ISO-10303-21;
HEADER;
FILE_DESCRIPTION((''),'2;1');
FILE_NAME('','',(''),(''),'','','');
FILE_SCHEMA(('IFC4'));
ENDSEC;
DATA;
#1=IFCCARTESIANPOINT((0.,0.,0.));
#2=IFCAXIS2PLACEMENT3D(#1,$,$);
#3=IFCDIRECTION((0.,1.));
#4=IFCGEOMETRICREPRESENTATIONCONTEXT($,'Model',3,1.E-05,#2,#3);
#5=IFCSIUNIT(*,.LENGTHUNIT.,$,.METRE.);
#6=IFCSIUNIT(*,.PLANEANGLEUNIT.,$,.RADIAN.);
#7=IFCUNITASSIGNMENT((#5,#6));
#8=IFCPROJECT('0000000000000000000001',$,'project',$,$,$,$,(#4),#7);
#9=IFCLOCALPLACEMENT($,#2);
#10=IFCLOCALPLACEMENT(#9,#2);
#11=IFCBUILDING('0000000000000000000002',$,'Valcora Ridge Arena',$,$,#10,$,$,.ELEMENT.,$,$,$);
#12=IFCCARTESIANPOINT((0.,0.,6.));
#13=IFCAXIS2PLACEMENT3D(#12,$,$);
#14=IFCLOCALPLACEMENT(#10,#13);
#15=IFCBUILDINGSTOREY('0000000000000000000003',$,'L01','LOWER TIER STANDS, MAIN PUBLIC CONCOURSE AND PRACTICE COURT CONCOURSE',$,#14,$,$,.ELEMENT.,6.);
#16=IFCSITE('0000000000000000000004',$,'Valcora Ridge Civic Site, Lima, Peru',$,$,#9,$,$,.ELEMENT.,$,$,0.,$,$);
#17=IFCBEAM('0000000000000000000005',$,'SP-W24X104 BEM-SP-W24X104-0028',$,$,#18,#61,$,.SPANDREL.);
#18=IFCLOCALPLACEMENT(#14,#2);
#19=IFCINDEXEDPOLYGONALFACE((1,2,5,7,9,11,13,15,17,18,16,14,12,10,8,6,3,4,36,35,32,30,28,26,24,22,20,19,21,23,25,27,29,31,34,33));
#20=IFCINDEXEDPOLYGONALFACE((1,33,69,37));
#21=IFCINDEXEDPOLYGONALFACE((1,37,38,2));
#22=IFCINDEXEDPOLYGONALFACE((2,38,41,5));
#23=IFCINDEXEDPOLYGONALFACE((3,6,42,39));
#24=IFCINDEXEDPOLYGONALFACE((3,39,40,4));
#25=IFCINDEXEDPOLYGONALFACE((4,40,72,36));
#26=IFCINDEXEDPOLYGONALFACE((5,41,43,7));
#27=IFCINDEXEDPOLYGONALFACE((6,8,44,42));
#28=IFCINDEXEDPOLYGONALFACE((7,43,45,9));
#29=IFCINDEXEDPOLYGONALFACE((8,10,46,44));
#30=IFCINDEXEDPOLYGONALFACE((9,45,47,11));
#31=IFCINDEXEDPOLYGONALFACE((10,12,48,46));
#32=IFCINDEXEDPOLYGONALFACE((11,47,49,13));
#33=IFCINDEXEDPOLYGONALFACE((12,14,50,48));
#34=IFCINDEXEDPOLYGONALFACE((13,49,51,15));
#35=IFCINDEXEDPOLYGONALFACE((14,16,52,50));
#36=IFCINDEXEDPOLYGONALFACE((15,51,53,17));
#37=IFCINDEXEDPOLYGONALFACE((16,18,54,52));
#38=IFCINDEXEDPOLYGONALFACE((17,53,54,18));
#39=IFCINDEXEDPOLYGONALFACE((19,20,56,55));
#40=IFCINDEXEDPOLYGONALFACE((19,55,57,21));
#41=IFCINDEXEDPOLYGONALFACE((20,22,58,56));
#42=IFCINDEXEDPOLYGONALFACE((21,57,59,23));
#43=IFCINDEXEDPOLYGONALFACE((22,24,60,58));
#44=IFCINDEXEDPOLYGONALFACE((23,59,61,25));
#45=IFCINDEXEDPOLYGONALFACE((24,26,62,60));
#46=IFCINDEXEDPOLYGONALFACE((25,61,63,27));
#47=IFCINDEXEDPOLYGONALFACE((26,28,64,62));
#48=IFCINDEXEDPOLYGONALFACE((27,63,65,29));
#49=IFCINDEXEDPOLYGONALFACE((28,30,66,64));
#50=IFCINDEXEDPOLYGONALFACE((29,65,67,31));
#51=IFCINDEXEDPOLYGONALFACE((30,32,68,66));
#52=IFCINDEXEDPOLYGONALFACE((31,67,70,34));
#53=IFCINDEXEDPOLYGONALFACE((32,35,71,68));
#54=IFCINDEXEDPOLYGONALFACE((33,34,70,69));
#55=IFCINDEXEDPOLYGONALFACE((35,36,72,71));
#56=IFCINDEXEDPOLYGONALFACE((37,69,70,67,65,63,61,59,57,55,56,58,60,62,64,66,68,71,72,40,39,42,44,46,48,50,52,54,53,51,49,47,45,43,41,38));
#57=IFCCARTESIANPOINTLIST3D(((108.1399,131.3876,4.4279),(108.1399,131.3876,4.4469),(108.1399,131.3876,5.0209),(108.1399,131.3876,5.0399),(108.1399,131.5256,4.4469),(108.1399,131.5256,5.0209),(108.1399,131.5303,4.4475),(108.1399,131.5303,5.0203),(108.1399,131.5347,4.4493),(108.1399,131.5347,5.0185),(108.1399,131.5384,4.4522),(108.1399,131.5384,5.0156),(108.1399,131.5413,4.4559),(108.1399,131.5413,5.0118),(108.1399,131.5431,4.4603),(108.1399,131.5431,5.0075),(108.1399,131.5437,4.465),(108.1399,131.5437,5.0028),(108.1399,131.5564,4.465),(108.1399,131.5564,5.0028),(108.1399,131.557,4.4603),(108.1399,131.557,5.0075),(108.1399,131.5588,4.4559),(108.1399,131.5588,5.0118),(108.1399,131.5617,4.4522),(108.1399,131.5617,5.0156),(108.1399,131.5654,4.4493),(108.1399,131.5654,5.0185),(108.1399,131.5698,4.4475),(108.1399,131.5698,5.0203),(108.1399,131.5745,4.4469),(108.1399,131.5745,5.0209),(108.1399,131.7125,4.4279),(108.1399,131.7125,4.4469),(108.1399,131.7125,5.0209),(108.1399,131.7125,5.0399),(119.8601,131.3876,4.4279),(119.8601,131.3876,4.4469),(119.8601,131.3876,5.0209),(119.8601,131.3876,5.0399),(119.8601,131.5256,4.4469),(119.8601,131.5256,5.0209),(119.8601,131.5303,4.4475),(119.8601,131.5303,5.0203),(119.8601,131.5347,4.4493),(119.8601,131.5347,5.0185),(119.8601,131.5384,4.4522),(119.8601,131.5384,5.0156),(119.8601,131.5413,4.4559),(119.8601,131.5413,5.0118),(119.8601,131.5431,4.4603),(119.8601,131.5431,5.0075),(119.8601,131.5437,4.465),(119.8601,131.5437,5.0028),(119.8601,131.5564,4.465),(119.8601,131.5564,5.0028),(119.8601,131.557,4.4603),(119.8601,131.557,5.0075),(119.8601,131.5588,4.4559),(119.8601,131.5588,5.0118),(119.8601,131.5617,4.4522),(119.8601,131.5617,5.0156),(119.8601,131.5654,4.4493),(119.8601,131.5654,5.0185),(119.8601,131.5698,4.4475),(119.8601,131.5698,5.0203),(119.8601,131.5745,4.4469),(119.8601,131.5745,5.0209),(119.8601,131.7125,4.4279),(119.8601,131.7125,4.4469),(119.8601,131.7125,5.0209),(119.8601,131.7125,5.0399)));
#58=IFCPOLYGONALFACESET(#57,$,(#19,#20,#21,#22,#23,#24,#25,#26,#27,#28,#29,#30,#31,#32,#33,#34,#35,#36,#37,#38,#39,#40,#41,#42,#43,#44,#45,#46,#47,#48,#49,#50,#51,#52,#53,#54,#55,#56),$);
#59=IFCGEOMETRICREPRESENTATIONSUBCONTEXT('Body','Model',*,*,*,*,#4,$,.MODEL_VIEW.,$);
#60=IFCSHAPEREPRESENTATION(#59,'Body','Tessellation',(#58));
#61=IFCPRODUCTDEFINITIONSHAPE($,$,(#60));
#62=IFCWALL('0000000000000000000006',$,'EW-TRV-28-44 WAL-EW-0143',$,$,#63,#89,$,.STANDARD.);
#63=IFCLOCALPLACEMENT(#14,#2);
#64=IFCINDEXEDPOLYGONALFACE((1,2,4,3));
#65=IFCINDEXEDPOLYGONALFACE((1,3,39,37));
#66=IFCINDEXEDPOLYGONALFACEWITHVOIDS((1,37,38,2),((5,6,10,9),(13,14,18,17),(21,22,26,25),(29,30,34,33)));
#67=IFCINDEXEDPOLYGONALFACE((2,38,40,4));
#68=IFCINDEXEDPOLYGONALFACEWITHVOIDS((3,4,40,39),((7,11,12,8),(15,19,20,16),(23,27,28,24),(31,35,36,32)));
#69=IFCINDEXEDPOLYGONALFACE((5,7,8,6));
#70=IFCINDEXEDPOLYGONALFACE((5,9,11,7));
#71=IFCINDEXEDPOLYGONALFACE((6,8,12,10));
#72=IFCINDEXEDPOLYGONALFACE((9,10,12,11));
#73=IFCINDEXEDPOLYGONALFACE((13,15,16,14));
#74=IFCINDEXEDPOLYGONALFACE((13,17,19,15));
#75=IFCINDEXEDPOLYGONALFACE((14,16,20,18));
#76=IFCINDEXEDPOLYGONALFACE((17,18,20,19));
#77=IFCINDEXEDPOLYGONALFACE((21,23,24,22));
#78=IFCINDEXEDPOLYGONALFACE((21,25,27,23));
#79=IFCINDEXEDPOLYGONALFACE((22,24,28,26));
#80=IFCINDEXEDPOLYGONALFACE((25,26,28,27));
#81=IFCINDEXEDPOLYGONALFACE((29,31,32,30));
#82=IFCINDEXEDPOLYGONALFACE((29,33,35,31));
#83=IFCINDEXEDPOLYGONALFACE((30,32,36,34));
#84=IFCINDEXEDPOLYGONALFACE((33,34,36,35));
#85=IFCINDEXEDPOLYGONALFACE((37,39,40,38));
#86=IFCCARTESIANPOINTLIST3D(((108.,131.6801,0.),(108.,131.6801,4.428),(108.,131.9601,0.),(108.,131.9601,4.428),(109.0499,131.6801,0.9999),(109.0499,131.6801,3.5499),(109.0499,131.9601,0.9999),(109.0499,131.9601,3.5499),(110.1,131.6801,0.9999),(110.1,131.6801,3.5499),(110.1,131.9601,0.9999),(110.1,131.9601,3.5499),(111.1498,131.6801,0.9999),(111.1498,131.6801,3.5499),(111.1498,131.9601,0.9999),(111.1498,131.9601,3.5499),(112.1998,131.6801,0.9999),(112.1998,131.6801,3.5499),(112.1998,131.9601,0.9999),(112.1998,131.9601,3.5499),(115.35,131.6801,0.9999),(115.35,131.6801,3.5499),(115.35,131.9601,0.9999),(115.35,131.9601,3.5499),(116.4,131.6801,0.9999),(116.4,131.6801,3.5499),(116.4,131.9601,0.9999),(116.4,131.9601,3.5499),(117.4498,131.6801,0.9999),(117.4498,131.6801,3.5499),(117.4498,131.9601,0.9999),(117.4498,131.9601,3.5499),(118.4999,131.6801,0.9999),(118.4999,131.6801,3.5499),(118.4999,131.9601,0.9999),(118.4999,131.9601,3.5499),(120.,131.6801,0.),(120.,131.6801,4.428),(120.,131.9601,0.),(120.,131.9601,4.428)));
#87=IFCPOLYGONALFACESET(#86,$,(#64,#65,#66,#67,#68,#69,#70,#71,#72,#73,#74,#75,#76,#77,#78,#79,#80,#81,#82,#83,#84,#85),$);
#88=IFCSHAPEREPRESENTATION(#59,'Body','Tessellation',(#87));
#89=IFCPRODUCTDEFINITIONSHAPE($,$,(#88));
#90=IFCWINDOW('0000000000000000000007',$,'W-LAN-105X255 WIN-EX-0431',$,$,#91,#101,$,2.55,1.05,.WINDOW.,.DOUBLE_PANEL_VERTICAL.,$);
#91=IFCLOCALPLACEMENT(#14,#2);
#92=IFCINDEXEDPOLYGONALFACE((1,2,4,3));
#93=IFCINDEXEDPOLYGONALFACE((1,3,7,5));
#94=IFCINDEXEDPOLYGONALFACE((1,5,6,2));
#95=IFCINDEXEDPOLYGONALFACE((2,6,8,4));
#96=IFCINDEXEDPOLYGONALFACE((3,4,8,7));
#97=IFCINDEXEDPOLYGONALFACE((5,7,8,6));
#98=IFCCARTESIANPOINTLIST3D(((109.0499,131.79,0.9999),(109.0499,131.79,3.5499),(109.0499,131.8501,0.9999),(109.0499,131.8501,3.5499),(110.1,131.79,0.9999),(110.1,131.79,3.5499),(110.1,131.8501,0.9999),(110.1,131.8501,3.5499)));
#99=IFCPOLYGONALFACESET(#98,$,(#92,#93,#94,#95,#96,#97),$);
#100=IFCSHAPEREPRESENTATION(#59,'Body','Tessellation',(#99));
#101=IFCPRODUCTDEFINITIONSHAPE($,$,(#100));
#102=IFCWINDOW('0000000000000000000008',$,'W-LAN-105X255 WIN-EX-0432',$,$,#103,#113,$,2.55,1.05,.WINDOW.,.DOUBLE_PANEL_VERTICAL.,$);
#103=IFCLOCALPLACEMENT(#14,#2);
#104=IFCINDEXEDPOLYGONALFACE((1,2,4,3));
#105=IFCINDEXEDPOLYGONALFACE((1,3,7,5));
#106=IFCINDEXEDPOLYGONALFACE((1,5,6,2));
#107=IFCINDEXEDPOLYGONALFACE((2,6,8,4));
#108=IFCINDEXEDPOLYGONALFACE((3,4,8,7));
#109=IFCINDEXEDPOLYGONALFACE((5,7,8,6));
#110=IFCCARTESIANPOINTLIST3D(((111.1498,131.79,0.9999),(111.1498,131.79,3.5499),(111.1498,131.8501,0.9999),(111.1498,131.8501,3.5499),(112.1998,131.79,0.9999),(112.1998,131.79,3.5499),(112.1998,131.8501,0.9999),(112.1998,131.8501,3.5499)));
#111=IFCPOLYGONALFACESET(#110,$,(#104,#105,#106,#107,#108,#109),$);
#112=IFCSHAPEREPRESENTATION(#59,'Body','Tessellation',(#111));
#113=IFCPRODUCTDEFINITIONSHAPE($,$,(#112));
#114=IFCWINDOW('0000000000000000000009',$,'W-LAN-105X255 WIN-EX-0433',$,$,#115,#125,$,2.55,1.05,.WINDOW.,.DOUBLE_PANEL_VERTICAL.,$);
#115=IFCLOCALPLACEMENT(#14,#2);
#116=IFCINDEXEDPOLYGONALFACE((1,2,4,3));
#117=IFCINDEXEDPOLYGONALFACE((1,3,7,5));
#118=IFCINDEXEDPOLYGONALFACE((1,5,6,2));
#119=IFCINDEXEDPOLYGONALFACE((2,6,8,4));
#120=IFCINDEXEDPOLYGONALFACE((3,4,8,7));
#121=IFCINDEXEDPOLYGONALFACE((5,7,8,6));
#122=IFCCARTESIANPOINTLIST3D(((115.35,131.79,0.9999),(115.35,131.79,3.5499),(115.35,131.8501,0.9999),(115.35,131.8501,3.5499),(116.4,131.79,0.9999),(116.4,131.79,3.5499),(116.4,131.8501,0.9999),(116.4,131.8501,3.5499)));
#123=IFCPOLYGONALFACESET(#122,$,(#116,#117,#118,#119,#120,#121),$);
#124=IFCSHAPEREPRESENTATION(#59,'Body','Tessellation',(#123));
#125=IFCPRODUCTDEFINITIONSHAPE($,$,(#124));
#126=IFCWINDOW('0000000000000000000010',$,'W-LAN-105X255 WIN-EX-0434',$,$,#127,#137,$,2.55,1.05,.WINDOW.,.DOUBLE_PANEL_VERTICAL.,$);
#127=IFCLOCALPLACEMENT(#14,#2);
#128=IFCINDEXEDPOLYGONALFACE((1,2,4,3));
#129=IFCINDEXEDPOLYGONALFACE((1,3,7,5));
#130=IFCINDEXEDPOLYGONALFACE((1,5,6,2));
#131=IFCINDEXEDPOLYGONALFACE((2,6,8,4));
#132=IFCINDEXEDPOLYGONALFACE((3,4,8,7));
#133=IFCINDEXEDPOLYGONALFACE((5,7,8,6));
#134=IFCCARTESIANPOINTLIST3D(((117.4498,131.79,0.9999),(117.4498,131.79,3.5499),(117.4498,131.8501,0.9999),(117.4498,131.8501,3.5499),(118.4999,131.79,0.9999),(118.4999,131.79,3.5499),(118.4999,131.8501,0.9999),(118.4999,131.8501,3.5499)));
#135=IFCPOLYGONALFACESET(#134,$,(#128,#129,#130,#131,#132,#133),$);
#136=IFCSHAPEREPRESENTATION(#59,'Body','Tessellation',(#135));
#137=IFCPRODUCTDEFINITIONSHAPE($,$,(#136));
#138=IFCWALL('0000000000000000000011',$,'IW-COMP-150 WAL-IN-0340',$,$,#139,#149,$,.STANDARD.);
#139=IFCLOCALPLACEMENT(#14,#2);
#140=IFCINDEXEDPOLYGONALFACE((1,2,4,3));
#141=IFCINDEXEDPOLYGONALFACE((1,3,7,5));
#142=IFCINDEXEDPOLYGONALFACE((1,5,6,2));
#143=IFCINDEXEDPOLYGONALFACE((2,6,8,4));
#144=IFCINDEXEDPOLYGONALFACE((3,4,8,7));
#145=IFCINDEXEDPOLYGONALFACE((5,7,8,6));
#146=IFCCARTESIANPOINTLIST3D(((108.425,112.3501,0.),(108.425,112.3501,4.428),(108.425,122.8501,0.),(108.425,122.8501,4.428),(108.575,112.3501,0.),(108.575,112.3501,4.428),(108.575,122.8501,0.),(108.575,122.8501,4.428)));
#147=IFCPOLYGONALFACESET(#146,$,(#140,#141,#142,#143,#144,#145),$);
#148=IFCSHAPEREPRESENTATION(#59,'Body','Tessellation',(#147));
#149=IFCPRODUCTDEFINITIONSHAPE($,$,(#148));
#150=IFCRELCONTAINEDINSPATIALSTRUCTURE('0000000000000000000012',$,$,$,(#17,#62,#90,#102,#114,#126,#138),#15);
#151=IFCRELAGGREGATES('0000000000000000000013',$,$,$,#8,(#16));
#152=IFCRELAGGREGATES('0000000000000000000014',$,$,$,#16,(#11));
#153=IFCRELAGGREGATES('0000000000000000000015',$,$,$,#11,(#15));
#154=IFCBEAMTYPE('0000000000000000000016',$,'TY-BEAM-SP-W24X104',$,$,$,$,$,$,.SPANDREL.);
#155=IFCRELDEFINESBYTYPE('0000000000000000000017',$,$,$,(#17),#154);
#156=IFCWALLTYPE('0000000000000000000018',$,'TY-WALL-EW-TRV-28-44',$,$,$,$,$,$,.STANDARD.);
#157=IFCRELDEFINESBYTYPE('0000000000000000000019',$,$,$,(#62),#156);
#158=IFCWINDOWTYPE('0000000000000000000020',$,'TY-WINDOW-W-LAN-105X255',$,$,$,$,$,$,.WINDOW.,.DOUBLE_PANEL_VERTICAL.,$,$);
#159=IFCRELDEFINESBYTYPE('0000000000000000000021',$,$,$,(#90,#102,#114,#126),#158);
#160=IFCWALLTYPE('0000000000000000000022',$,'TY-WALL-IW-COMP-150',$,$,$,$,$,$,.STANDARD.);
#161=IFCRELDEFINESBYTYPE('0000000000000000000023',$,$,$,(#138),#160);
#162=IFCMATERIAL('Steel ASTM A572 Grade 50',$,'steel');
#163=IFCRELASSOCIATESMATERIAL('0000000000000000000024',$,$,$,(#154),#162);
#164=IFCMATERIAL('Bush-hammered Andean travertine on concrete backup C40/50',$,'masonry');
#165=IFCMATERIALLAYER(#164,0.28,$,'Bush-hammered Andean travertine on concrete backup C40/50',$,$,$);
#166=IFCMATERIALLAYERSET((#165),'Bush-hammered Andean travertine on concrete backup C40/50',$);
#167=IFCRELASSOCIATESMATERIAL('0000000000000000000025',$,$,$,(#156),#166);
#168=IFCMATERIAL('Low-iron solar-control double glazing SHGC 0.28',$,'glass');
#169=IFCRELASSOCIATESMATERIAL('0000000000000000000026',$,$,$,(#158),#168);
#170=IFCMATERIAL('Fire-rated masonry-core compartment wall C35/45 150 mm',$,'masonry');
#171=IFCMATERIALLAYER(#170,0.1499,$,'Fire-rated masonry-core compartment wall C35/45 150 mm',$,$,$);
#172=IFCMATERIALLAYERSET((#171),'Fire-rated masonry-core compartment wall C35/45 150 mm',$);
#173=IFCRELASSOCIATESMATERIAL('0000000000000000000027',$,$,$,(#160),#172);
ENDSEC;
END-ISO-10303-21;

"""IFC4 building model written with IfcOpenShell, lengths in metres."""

from ifc_helpers import new_model, si_unit, direction, frame, frame_2d, origin, origin_2d, place, context, subcontext, project, spatial, rectangle, i_section, extrude, material, layer, layer_set, material_profile, profile_set, type_object, element, fill, save


model = new_model("IFC4")

# Units and contexts
model_context = context("Model", 3, precision=1e-05, world=origin(), true_north=direction((0.0, 1.0)))
body_context = subcontext(model_context, "Body", "Model", "MODEL_VIEW")
ifc_project = project(units=[si_unit("LENGTHUNIT", "METRE"), si_unit("PLANEANGLEUNIT", "RADIAN")], contexts=[model_context])

# Site, building, storey
site_placement = place(None, origin())
site = spatial("IfcSite", under=ifc_project, at=site_placement, Name="Valcora Ridge Civic Site, Lima, Peru", CompositionType="ELEMENT", RefElevation=0.0)
building_placement = place(site_placement, origin())
building = spatial("IfcBuilding", under=site, at=building_placement, Name="Valcora Ridge Arena", CompositionType="ELEMENT")
storey_placement = place(building_placement, frame((0.0, 0.0, 6.0)))
storey = spatial("IfcBuildingStorey", under=building, at=storey_placement, Name="L01", Description="LOWER TIER STANDS, MAIN PUBLIC CONCOURSE AND PRACTICE COURT CONCOURSE", CompositionType="ELEMENT", Elevation=6.0)

# Beam
ifc_material_1 = material(Name="Steel ASTM A572 Grade 50", Category="steel")
ifc_material_profile_1 = material_profile(ifc_material_1, i_section(OverallWidth=0.325, OverallDepth=0.6121, WebThickness=0.0127, FlangeThickness=0.019, FilletRadius=0.0181, at=origin_2d()), Name="W24X104")
ifc_profile_set_1 = profile_set([ifc_material_profile_1], Name="Steel ASTM A572 Grade 50")
beam_type_1 = type_object("IfcBeamType", Name="TY-BEAM-SP-W24X104", PredefinedType="SPANDREL", material=ifc_profile_set_1)
for number, where, z_axis, x_axis, name in (
    (1, (108.1399, 131.55, 4.7339), (1.0, 0.0, 0.0), (0.0, 1.0, 0.0), "SP-W24X104 BEM-SP-W24X104-0028"),
):
    element("IfcBeam", number, at=place(storey_placement, frame(where, z_axis=z_axis, x_axis=x_axis)), inside=storey, type_object=beam_type_1, Name=name, PredefinedType="SPANDREL", context=body_context, shape_type="SweptSolid", body=[
        extrude(i_section(OverallWidth=0.325, OverallDepth=0.6121, WebThickness=0.0127, FlangeThickness=0.019, FilletRadius=0.0181, at=origin_2d()), origin(), (0.0, 0.0, 1.0), 11.7202),
    ])

# Wall, openings, windows
ifc_material_2 = material(Name="Bush-hammered Andean travertine on concrete backup C40/50", Category="masonry")
ifc_layer_1 = layer(ifc_material_2, 0.28, Name="Bush-hammered Andean travertine on concrete backup C40/50")
ifc_layer_set_1 = layer_set([ifc_layer_1], Name="Bush-hammered Andean travertine on concrete backup C40/50")
wall_type_1 = type_object("IfcWallType", Name="TY-WALL-EW-TRV-28-44", PredefinedType="STANDARD", material=ifc_layer_set_1)
wall_1_placement = place(storey_placement, frame((108.0, 131.8201, 0.0), z_axis=(0.0, 0.0, 1.0), x_axis=(1.0, 0.0, 0.0)))
wall_1 = element("IfcWall", 2, at=wall_1_placement, inside=storey, type_object=wall_type_1, Name="EW-TRV-28-44 WAL-EW-0143", PredefinedType="STANDARD", context=body_context, shape_type="SweptSolid", body=[
    extrude(rectangle(XDim=12.0, YDim=0.28, at=frame_2d((6.0, 0.0))), origin(), (0.0, 0.0, 1.0), 4.428),
])
opening_1_placement = place(wall_1_placement, frame((1.05, 0.0, 1.0)))
opening_1 = element("IfcOpeningElement", 3, at=opening_1_placement, cuts=wall_1, PredefinedType="OPENING", context=body_context, shape_type="SweptSolid", body=[
    extrude(rectangle(XDim=1.05, YDim=2.55, at=frame_2d((0.5249, 1.2749))), frame((0.0, 0.1499, 0.0), z_axis=(0.0, -1.0, 0.0), x_axis=(1.0, 0.0, 0.0)), (0.0, 0.0, 1.0), 0.3),
])
opening_2_placement = place(wall_1_placement, frame((3.1499, 0.0, 1.0)))
opening_2 = element("IfcOpeningElement", 4, at=opening_2_placement, cuts=wall_1, PredefinedType="OPENING", context=body_context, shape_type="SweptSolid", body=[
    extrude(rectangle(XDim=1.05, YDim=2.55, at=frame_2d((0.5249, 1.2749))), frame((0.0, 0.1499, 0.0), z_axis=(0.0, -1.0, 0.0), x_axis=(1.0, 0.0, 0.0)), (0.0, 0.0, 1.0), 0.3),
])
opening_3_placement = place(wall_1_placement, frame((7.3501, 0.0, 1.0)))
opening_3 = element("IfcOpeningElement", 5, at=opening_3_placement, cuts=wall_1, PredefinedType="OPENING", context=body_context, shape_type="SweptSolid", body=[
    extrude(rectangle(XDim=1.05, YDim=2.55, at=frame_2d((0.5249, 1.2749))), frame((0.0, 0.1499, 0.0), z_axis=(0.0, -1.0, 0.0), x_axis=(1.0, 0.0, 0.0)), (0.0, 0.0, 1.0), 0.3),
])
opening_4_placement = place(wall_1_placement, frame((9.45, 0.0, 1.0)))
opening_4 = element("IfcOpeningElement", 6, at=opening_4_placement, cuts=wall_1, PredefinedType="OPENING", context=body_context, shape_type="SweptSolid", body=[
    extrude(rectangle(XDim=1.05, YDim=2.55, at=frame_2d((0.5249, 1.2749))), frame((0.0, 0.1499, 0.0), z_axis=(0.0, -1.0, 0.0), x_axis=(1.0, 0.0, 0.0)), (0.0, 0.0, 1.0), 0.3),
])
ifc_material_3 = material(Name="Low-iron solar-control double glazing SHGC 0.28", Category="glass")
window_type = type_object("IfcWindowType", Name="TY-WINDOW-W-LAN-105X255", PartitioningType="DOUBLE_PANEL_VERTICAL", PredefinedType="WINDOW", material=ifc_material_3)
window_1_placement = place(opening_1_placement, origin())
window_1 = element("IfcWindow", 7, at=window_1_placement, inside=storey, type_object=window_type, Name="W-LAN-105X255 WIN-EX-0431", OverallHeight=2.55, OverallWidth=1.05, PartitioningType="DOUBLE_PANEL_VERTICAL", PredefinedType="WINDOW", context=body_context, shape_type="SweptSolid", body=[
    extrude(rectangle(XDim=1.05, YDim=2.55, at=frame_2d((0.5249, 1.2749))), frame((0.0, 0.03, 0.0), z_axis=(0.0, -1.0, 0.0), x_axis=(1.0, 0.0, 0.0)), (0.0, 0.0, 1.0), 0.0601),
])
fill(opening_1, window_1)
window_2_placement = place(opening_2_placement, origin())
window_2 = element("IfcWindow", 8, at=window_2_placement, inside=storey, type_object=window_type, Name="W-LAN-105X255 WIN-EX-0432", OverallHeight=2.55, OverallWidth=1.05, PartitioningType="DOUBLE_PANEL_VERTICAL", PredefinedType="WINDOW", context=body_context, shape_type="SweptSolid", body=[
    extrude(rectangle(XDim=1.05, YDim=2.55, at=frame_2d((0.5249, 1.2749))), frame((0.0, 0.03, 0.0), z_axis=(0.0, -1.0, 0.0), x_axis=(1.0, 0.0, 0.0)), (0.0, 0.0, 1.0), 0.0601),
])
fill(opening_2, window_2)
window_3_placement = place(opening_3_placement, origin())
window_3 = element("IfcWindow", 9, at=window_3_placement, inside=storey, type_object=window_type, Name="W-LAN-105X255 WIN-EX-0433", OverallHeight=2.55, OverallWidth=1.05, PartitioningType="DOUBLE_PANEL_VERTICAL", PredefinedType="WINDOW", context=body_context, shape_type="SweptSolid", body=[
    extrude(rectangle(XDim=1.05, YDim=2.55, at=frame_2d((0.5249, 1.2749))), frame((0.0, 0.03, 0.0), z_axis=(0.0, -1.0, 0.0), x_axis=(1.0, 0.0, 0.0)), (0.0, 0.0, 1.0), 0.0601),
])
fill(opening_3, window_3)
window_4_placement = place(opening_4_placement, origin())
window_4 = element("IfcWindow", 10, at=window_4_placement, inside=storey, type_object=window_type, Name="W-LAN-105X255 WIN-EX-0434", OverallHeight=2.55, OverallWidth=1.05, PartitioningType="DOUBLE_PANEL_VERTICAL", PredefinedType="WINDOW", context=body_context, shape_type="SweptSolid", body=[
    extrude(rectangle(XDim=1.05, YDim=2.55, at=frame_2d((0.5249, 1.2749))), frame((0.0, 0.03, 0.0), z_axis=(0.0, -1.0, 0.0), x_axis=(1.0, 0.0, 0.0)), (0.0, 0.0, 1.0), 0.0601),
])
fill(opening_4, window_4)

# Wall
ifc_material_4 = material(Name="Fire-rated masonry-core compartment wall C35/45 150 mm", Category="masonry")
ifc_layer_2 = layer(ifc_material_4, 0.1499, Name="Fire-rated masonry-core compartment wall C35/45 150 mm")
ifc_layer_set_2 = layer_set([ifc_layer_2], Name="Fire-rated masonry-core compartment wall C35/45 150 mm")
wall_type_2 = type_object("IfcWallType", Name="TY-WALL-IW-COMP-150", PredefinedType="STANDARD", material=ifc_layer_set_2)
wall_2_placement = place(storey_placement, frame((108.5, 112.3501, 0.0), z_axis=(0.0, 0.0, 1.0), x_axis=(0.0, 1.0, 0.0)))
element("IfcWall", 11, at=wall_2_placement, inside=storey, type_object=wall_type_2, Name="IW-COMP-150 WAL-IN-0340", PredefinedType="STANDARD", context=body_context, shape_type="SweptSolid", body=[
    extrude(rectangle(XDim=10.5, YDim=0.1499, at=frame_2d((5.25, 0.0))), origin(), (0.0, 0.0, 1.0), 4.428),
])

save(model, "model.ifc")
